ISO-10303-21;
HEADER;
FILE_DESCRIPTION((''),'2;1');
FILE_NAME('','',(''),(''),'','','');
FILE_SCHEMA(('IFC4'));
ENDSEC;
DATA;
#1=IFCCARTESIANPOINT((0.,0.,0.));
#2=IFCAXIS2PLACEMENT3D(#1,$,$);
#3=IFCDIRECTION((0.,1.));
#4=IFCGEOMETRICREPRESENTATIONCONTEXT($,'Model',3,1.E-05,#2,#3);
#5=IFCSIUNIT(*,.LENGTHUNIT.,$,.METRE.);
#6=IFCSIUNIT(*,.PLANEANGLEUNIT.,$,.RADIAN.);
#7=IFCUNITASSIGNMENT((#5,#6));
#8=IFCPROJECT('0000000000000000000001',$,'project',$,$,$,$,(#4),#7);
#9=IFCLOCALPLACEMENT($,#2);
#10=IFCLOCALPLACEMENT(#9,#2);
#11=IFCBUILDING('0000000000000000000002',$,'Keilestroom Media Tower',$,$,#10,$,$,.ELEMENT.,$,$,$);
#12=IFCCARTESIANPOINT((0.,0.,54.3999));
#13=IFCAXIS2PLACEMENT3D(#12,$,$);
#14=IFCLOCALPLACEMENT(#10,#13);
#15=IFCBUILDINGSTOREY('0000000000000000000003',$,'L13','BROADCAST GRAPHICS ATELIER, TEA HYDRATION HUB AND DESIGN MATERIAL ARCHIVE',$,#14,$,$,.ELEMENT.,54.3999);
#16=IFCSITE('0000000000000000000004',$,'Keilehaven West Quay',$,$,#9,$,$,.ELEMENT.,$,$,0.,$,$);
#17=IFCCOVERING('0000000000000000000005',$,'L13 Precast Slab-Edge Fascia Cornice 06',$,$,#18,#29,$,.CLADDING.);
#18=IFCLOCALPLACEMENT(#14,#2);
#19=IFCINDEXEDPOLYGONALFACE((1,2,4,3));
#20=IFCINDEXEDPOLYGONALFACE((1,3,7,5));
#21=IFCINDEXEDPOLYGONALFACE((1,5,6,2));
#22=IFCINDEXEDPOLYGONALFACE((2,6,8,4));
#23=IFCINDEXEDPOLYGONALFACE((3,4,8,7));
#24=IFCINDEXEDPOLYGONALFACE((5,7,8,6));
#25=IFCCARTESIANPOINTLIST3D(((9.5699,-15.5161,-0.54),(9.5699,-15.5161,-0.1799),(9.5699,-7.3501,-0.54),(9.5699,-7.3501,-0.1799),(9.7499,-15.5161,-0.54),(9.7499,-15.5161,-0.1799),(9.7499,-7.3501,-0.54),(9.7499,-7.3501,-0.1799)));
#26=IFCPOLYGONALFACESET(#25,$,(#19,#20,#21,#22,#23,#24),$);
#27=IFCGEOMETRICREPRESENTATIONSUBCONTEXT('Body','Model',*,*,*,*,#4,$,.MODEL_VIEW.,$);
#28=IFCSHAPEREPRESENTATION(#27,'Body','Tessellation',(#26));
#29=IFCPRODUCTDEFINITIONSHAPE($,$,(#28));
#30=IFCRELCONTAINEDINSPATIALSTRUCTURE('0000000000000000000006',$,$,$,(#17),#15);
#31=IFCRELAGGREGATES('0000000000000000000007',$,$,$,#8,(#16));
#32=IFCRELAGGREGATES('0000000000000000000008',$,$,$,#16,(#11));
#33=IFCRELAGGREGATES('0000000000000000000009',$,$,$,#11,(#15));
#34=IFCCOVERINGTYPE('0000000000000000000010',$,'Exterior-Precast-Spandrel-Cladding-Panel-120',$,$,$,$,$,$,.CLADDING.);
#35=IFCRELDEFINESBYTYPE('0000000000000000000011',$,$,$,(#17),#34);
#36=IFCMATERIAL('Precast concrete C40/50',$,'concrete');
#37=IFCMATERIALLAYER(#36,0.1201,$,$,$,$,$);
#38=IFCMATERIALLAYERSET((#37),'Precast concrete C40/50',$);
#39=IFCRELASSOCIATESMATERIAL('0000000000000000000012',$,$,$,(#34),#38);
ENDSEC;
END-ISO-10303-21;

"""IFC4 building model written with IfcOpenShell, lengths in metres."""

from ifc_helpers import new_model, si_unit, direction, frame, origin, origin_2d, place, context, subcontext, project, spatial, rectangle, extrude, source, transform, mapped, material, layer, layer_set, type_object, element, save


model = new_model("IFC4")

# Units and contexts
model_context = context("Model", 3, precision=1e-05, world=origin(), true_north=direction((0.0, 1.0)))
body_context = subcontext(model_context, "Body", "Model", "MODEL_VIEW")
ifc_project = project(units=[si_unit("LENGTHUNIT", "METRE"), si_unit("PLANEANGLEUNIT", "RADIAN")], contexts=[model_context])

# Site, building, storey
site_placement = place(None, origin())
site = spatial("IfcSite", under=ifc_project, at=site_placement, Name="Keilehaven West Quay", CompositionType="ELEMENT", RefElevation=0.0)
building_placement = place(site_placement, origin())
building = spatial("IfcBuilding", under=site, at=building_placement, Name="Keilestroom Media Tower", CompositionType="ELEMENT")
storey_placement = place(building_placement, frame((0.0, 0.0, 54.3999)))
storey = spatial("IfcBuildingStorey", under=building, at=storey_placement, Name="L13", Description="BROADCAST GRAPHICS ATELIER, TEA HYDRATION HUB AND DESIGN MATERIAL ARCHIVE", CompositionType="ELEMENT", Elevation=54.3999)

# Shared definitions
ifc_material_1 = material(Name="Precast concrete C40/50", Category="concrete")

# Covering
ifc_layer_1 = layer(ifc_material_1, 0.1201)
ifc_layer_set_1 = layer_set([ifc_layer_1], Name="Precast concrete C40/50")
covering_type = type_object("IfcCoveringType", Name="Exterior-Precast-Spandrel-Cladding-Panel-120", PredefinedType="CLADDING", material=ifc_layer_set_1)
shared_shape_1 = source(origin(), body_context, "Body", "SweptSolid", [
    extrude(rectangle(XDim=8.166, YDim=0.1799, at=origin_2d()), origin(), (0.0, 0.0, 1.0), 0.3601),
])
covering_placement = place(storey_placement, frame((9.6599, -11.4331, -0.54), z_axis=(0.0, 0.0, 1.0), x_axis=(0.0, -1.0, 0.0)))
element("IfcCovering", 1, at=covering_placement, inside=storey, type_object=covering_type, Name="L13 Precast Slab-Edge Fascia Cornice 06", PredefinedType="CLADDING", context=body_context, shape_type="MappedRepresentation", body=[
    mapped(shared_shape_1, transform((0.0, 0.0, 0.0), x_axis=(1.0, 0.0, 0.0), y_axis=(0.0, 1.0, 0.0), z_axis=(0.0, 0.0, 1.0), scale=1.0)),
])

save(model, "model.ifc")
